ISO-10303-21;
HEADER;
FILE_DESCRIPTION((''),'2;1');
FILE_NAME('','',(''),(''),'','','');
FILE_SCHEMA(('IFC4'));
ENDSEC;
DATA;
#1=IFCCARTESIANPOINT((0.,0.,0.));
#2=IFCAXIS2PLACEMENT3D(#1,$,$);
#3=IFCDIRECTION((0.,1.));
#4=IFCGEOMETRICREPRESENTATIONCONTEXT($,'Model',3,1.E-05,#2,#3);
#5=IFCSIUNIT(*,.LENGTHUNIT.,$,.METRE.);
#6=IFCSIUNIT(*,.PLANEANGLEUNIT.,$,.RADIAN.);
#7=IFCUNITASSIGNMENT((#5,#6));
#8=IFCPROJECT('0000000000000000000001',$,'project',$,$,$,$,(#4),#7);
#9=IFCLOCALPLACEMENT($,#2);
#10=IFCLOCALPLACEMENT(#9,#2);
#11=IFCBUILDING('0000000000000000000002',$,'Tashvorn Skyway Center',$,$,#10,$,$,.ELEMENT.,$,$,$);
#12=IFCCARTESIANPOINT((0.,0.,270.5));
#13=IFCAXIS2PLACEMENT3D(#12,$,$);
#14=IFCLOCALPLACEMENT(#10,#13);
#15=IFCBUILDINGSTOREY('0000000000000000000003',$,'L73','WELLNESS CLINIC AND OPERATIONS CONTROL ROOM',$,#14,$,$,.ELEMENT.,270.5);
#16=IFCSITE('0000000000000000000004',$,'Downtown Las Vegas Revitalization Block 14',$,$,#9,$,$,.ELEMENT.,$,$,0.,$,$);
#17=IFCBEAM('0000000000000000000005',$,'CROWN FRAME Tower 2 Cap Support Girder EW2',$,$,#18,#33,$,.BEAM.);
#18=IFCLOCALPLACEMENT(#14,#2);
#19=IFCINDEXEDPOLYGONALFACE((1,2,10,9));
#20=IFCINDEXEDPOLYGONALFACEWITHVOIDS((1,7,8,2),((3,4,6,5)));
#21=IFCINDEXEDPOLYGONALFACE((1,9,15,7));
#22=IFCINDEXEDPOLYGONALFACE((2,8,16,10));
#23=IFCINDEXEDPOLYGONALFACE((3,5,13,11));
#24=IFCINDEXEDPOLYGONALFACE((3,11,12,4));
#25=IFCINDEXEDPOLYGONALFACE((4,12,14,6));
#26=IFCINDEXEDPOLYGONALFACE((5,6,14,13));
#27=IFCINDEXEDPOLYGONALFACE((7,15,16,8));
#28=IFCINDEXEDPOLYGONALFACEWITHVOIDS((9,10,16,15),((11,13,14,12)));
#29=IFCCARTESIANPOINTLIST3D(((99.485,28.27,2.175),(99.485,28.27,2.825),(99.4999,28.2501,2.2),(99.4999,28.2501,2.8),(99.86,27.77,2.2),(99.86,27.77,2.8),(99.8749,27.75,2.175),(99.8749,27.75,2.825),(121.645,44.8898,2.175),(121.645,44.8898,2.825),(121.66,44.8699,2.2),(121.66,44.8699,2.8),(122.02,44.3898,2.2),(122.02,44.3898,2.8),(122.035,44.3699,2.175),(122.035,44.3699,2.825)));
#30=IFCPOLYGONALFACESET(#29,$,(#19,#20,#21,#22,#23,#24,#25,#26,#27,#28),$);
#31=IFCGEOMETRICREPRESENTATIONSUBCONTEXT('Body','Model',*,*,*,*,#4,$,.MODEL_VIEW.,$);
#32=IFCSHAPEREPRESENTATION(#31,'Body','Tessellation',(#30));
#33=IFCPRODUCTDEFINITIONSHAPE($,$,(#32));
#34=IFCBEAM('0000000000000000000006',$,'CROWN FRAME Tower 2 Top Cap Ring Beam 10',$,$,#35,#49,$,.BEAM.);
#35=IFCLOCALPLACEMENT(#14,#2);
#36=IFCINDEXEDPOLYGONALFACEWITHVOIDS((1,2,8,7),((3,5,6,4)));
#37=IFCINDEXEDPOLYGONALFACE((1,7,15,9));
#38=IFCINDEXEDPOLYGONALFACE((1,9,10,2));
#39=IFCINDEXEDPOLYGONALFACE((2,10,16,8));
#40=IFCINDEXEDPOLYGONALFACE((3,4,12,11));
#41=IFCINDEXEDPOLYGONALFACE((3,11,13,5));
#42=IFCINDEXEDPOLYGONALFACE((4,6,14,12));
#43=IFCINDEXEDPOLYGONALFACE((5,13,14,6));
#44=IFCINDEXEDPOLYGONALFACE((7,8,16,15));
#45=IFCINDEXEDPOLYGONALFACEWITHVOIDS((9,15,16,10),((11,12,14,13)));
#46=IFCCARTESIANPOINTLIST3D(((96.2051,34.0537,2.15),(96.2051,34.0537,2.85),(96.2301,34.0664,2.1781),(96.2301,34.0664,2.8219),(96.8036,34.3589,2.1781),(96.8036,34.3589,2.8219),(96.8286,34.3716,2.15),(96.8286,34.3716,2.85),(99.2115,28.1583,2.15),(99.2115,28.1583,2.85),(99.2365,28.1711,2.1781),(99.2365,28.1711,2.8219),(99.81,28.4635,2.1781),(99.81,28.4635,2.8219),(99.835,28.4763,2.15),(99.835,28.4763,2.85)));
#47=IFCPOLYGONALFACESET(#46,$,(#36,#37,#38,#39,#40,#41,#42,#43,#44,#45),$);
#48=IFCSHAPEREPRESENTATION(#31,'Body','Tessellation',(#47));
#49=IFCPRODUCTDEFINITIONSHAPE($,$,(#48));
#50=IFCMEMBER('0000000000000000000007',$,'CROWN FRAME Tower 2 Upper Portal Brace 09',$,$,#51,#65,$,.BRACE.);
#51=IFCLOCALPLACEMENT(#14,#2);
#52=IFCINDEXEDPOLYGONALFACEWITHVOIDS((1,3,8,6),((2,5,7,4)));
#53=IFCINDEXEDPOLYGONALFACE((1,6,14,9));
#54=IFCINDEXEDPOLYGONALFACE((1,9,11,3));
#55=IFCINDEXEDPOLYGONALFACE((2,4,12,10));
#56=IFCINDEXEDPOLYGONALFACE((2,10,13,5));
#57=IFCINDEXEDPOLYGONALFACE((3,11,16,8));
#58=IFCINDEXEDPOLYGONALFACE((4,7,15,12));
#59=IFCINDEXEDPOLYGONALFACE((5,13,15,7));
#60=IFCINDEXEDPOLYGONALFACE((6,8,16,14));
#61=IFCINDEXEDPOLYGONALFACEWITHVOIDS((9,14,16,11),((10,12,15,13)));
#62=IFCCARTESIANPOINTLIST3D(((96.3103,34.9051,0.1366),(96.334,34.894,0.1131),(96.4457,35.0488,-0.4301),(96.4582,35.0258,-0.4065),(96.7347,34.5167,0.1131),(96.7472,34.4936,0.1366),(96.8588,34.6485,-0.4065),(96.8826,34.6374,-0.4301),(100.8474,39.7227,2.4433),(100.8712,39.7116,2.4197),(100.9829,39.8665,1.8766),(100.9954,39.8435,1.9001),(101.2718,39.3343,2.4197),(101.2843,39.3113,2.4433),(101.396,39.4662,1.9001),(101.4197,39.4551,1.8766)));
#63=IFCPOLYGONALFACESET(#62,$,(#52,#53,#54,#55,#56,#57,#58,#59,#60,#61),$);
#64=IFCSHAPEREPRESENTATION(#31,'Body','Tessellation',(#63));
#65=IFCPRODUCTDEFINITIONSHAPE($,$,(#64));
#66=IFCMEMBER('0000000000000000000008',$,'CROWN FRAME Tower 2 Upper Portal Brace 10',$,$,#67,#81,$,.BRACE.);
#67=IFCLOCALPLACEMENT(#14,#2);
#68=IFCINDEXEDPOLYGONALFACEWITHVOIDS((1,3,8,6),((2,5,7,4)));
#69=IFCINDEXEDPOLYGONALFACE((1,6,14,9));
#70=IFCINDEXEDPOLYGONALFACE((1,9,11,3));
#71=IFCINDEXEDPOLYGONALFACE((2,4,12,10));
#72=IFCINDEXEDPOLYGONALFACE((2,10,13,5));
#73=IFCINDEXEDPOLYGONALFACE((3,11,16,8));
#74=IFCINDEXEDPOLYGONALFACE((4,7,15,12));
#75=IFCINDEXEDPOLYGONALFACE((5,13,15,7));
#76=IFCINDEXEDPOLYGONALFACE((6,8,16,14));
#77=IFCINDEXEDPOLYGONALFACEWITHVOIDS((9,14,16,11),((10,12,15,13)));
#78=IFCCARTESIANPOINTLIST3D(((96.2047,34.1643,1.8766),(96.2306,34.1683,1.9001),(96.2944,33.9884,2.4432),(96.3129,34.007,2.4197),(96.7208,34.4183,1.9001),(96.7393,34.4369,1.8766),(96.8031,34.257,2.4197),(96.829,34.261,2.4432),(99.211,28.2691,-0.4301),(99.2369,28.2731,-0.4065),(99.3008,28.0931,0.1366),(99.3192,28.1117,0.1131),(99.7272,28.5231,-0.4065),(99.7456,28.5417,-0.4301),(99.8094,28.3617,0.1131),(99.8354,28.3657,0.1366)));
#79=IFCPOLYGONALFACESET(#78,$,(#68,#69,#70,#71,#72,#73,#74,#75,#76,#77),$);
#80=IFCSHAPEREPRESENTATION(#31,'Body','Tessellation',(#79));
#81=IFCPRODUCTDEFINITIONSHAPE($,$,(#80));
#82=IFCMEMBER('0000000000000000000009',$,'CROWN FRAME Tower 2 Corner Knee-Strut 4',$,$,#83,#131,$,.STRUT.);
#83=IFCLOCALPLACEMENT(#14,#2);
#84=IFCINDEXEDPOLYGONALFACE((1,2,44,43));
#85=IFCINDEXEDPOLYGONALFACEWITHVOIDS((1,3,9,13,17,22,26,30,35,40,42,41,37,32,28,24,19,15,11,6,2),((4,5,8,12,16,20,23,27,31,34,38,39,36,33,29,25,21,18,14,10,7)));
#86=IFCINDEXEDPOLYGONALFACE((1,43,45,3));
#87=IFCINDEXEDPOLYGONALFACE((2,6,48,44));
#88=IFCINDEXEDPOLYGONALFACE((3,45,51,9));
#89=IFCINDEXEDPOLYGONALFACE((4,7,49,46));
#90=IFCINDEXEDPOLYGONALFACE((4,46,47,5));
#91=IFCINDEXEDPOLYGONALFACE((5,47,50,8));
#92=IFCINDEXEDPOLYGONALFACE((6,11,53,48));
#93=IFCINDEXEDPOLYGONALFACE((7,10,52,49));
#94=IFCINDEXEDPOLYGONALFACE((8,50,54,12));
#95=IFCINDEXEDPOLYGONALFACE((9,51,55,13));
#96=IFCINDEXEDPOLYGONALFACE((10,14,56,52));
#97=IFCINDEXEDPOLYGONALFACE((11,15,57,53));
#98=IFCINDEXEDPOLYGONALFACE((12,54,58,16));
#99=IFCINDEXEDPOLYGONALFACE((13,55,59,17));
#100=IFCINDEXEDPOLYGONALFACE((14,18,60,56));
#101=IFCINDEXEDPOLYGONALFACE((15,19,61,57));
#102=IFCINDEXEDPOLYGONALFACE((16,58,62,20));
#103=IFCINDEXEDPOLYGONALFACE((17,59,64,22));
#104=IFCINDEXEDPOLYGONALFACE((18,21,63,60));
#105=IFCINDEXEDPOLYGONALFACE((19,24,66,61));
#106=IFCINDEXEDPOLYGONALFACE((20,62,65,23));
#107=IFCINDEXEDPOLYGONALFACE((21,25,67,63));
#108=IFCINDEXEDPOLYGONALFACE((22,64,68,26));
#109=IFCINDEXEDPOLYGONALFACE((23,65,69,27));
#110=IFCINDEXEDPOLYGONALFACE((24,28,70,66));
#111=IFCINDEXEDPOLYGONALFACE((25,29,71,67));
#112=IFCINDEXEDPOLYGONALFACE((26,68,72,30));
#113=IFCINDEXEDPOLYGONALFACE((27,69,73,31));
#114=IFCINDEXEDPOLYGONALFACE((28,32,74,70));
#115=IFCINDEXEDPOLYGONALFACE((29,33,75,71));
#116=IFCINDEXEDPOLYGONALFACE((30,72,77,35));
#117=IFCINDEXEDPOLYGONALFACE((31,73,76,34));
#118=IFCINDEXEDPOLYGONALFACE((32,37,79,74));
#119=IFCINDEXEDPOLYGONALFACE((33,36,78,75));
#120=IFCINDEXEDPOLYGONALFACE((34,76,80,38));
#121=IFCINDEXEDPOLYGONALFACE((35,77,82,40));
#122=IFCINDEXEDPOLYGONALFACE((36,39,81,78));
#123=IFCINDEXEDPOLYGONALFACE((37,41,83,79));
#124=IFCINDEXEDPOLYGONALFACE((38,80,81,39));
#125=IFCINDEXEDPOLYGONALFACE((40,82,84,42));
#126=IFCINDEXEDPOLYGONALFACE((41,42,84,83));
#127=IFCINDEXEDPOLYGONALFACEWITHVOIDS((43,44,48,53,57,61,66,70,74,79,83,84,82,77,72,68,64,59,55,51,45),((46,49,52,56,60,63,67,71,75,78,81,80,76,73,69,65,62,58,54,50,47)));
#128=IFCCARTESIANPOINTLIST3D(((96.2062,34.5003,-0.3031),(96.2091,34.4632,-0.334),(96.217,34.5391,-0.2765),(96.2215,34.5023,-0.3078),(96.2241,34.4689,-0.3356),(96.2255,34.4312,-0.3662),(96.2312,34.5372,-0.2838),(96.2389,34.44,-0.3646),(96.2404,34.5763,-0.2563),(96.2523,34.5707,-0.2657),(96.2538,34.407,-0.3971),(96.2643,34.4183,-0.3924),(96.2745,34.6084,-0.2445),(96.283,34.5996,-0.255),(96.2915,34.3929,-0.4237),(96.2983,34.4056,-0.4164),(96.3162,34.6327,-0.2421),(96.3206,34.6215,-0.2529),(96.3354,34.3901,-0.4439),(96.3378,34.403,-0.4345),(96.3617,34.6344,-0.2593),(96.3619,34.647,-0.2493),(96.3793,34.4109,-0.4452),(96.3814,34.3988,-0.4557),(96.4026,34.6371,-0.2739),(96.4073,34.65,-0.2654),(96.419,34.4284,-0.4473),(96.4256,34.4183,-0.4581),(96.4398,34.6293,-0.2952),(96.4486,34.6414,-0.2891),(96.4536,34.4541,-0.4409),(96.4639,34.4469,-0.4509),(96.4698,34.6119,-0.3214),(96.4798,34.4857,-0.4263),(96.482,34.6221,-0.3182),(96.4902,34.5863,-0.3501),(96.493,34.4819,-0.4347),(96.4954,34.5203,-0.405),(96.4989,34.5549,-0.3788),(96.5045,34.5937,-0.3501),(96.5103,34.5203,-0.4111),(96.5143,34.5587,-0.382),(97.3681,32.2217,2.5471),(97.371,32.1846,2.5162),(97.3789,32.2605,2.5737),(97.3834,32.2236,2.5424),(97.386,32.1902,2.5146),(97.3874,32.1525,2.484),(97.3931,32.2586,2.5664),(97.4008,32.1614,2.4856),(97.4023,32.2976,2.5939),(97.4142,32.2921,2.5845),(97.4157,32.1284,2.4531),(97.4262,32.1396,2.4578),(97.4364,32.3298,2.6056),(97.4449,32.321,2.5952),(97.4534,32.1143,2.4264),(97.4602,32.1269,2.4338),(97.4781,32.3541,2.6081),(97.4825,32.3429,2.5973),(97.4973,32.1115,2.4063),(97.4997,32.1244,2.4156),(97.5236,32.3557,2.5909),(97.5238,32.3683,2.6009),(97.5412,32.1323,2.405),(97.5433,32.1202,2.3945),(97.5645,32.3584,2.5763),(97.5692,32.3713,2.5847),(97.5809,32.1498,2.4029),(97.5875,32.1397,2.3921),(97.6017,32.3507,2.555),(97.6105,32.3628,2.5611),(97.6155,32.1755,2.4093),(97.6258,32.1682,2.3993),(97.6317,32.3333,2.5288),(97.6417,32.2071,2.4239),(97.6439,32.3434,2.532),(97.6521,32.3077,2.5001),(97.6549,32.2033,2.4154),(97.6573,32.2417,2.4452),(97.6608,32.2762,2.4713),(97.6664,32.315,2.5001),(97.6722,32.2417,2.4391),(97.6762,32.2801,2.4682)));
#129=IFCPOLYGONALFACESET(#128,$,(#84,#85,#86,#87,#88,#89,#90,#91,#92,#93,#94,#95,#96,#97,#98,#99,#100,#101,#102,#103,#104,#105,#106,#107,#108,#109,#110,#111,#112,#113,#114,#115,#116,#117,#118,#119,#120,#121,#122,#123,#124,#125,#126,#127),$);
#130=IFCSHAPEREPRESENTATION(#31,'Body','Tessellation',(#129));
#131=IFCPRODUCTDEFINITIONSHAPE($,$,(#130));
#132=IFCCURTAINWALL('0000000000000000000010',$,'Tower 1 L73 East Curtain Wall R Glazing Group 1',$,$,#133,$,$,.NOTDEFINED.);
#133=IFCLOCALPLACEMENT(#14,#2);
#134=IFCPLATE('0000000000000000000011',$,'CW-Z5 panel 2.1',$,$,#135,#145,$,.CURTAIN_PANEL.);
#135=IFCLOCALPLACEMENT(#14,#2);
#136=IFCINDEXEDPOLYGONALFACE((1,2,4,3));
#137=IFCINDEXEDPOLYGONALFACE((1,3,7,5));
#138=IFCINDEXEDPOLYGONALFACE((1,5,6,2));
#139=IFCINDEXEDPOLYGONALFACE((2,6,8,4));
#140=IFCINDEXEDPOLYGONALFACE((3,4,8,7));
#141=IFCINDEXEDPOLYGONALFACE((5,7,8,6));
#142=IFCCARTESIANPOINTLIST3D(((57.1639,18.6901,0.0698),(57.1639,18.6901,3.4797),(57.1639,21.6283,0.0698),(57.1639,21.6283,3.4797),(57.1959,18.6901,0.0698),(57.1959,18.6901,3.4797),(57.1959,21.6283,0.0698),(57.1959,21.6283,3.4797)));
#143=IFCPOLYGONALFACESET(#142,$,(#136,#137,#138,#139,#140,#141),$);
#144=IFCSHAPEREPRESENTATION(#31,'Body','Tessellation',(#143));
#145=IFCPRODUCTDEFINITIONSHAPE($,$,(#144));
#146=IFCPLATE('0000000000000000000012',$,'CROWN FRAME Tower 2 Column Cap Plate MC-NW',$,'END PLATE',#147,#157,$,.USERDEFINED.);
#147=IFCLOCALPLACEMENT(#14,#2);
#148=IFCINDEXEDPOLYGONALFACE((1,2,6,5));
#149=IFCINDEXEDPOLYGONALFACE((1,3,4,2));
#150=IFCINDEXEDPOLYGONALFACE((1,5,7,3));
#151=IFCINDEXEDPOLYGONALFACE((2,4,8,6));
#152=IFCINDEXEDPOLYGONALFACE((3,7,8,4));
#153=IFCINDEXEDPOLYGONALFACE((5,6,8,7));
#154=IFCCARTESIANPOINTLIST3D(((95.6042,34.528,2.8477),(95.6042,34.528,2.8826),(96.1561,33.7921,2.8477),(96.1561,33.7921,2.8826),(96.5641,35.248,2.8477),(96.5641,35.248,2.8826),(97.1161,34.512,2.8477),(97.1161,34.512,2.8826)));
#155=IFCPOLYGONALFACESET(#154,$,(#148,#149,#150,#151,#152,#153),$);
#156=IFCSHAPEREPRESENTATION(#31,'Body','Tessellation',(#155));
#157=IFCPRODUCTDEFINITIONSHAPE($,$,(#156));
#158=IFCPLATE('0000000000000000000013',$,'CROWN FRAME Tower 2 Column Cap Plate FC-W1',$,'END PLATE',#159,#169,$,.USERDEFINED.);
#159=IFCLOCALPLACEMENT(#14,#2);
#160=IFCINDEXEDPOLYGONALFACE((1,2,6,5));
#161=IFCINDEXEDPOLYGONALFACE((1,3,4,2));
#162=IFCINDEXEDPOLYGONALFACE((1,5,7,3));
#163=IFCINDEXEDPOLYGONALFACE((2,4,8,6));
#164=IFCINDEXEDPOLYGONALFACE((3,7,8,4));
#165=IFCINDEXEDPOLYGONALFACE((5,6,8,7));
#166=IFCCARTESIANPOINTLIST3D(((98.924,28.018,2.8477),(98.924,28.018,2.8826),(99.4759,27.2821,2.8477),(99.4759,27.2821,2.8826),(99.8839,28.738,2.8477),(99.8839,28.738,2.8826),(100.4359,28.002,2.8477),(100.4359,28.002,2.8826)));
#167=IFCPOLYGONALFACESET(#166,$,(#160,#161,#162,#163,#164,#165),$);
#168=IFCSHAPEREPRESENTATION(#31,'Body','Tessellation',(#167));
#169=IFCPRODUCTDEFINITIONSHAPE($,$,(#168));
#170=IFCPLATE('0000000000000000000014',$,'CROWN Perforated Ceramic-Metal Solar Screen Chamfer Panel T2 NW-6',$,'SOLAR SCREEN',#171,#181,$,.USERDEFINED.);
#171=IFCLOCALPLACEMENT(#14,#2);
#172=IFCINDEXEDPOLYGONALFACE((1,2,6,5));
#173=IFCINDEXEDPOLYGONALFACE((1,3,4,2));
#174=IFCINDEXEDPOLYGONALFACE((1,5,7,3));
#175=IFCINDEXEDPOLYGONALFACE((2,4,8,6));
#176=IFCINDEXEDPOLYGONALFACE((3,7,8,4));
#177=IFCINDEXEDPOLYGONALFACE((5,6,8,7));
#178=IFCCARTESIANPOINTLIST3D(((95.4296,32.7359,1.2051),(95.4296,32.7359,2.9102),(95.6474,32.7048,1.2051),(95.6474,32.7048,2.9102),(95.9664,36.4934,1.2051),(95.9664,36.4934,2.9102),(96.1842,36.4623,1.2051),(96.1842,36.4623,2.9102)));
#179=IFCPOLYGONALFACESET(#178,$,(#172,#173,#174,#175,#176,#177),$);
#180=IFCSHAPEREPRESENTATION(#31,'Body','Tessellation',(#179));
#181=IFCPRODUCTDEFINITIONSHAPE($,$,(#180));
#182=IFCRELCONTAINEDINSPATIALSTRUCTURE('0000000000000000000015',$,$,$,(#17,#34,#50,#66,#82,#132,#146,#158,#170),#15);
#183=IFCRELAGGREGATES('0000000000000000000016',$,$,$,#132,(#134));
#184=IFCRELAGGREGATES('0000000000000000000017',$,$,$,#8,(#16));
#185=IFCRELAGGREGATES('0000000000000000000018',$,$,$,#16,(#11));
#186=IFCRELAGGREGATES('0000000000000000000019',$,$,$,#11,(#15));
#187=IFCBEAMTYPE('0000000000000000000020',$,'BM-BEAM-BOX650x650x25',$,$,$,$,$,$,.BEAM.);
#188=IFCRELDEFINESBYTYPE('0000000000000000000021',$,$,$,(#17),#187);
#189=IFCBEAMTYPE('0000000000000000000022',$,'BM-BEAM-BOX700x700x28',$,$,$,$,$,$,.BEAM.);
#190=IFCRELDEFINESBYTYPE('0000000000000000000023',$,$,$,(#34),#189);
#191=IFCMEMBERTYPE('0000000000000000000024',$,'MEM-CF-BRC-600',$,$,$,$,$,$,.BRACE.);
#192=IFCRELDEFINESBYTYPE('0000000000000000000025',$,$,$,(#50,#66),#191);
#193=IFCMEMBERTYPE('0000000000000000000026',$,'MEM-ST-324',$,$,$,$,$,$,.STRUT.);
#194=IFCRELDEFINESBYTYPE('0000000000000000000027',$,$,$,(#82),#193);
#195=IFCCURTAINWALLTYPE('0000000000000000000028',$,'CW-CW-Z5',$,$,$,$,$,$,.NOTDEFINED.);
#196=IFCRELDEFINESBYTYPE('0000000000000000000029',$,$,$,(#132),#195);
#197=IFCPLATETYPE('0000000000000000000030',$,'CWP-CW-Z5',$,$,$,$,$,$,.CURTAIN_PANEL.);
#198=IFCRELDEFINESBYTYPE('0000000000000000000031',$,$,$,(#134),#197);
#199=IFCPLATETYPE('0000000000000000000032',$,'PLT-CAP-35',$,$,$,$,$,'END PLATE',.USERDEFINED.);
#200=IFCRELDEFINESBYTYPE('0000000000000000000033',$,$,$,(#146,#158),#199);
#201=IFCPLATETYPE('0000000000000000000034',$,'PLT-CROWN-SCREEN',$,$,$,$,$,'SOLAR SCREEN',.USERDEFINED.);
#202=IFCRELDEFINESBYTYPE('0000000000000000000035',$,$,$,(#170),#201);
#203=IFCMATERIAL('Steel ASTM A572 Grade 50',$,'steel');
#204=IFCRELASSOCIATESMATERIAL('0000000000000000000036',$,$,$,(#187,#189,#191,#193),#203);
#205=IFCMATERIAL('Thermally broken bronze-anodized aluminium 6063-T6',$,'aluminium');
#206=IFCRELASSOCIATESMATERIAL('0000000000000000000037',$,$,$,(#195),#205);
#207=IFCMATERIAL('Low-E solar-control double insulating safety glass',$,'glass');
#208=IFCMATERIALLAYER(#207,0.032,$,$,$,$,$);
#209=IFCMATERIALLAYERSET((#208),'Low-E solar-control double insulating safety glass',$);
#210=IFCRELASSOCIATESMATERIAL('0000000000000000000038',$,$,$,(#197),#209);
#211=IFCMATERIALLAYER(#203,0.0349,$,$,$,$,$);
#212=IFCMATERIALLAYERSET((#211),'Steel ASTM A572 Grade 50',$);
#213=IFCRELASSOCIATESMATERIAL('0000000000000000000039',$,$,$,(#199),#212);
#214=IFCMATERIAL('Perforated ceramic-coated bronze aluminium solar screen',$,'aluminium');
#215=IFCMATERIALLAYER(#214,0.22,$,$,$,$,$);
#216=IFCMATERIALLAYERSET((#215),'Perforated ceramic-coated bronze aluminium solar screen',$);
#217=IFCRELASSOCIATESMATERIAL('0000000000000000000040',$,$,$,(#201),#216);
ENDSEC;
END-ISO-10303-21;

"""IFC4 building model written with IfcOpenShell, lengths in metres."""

from ifc_helpers import new_model, si_unit, direction, frame, origin, origin_2d, place, context, subcontext, project, spatial, rectangle, hollow_rectangle, hollow_circle, extrude, material, layer, layer_set, material_profile, profile_set, type_object, element, aggregate, save


model = new_model("IFC4")

# Units and contexts
model_context = context("Model", 3, precision=1e-05, world=origin(), true_north=direction((0.0, 1.0)))
body_context = subcontext(model_context, "Body", "Model", "MODEL_VIEW")
ifc_project = project(units=[si_unit("LENGTHUNIT", "METRE"), si_unit("PLANEANGLEUNIT", "RADIAN")], contexts=[model_context])

# Site, building, storey
site_placement = place(None, origin())
site = spatial("IfcSite", under=ifc_project, at=site_placement, Name="Downtown Las Vegas Revitalization Block 14", CompositionType="ELEMENT", RefElevation=0.0)
building_placement = place(site_placement, origin())
building = spatial("IfcBuilding", under=site, at=building_placement, Name="Tashvorn Skyway Center", CompositionType="ELEMENT")
storey_placement = place(building_placement, frame((0.0, 0.0, 270.5)))
storey = spatial("IfcBuildingStorey", under=building, at=storey_placement, Name="L73", Description="WELLNESS CLINIC AND OPERATIONS CONTROL ROOM", CompositionType="ELEMENT", Elevation=270.5)

# Beams
ifc_material_1 = material(Name="Steel ASTM A572 Grade 50", Category="steel")
ifc_material_profile_1 = material_profile(ifc_material_1, hollow_rectangle(XDim=0.6499, YDim=0.6499, WallThickness=0.0249, at=origin_2d()), Name="BOX650x650x25")
ifc_profile_set_1 = profile_set([ifc_material_profile_1], Name="Steel ASTM A572 Grade 50")
beam_type_1 = type_object("IfcBeamType", Name="BM-BEAM-BOX650x650x25", PredefinedType="BEAM", material=ifc_profile_set_1)
beam_1_placement = place(storey_placement, frame((99.6799, 28.01, 2.5), z_axis=(0.800004, 0.599994, 0.0), x_axis=(-0.599994, 0.800004, 0.0)))
element("IfcBeam", 1, at=beam_1_placement, inside=storey, type_object=beam_type_1, Name="CROWN FRAME Tower 2 Cap Support Girder EW2", PredefinedType="BEAM", context=body_context, shape_type="SweptSolid", body=[
    extrude(hollow_rectangle(XDim=0.6499, YDim=0.6499, WallThickness=0.0249, at=origin_2d()), origin(), (0.0, 0.0, 1.0), 27.7),
])
ifc_material_profile_2 = material_profile(ifc_material_1, hollow_rectangle(XDim=0.7, YDim=0.7, WallThickness=0.0281, at=origin_2d()), Name="BOX700x700x28")
ifc_profile_set_2 = profile_set([ifc_material_profile_2], Name="Steel ASTM A572 Grade 50")
beam_type_2 = type_object("IfcBeamType", Name="BM-BEAM-BOX700x700x28", PredefinedType="BEAM", material=ifc_profile_set_2)
beam_2_placement = place(storey_placement, frame((96.5168, 34.2126, 2.5), z_axis=(0.454298, -0.89085, 0.0), x_axis=(0.89085, 0.454298, 0.0)))
element("IfcBeam", 2, at=beam_2_placement, inside=storey, type_object=beam_type_2, Name="CROWN FRAME Tower 2 Top Cap Ring Beam 10", PredefinedType="BEAM", context=body_context, shape_type="SweptSolid", body=[
    extrude(hollow_rectangle(XDim=0.7, YDim=0.7, WallThickness=0.0281, at=origin_2d()), origin(), (0.0, 0.0, 1.0), 6.6177),
])

# Members
ifc_material_profile_3 = material_profile(ifc_material_1, hollow_rectangle(XDim=0.6001, YDim=0.6001, WallThickness=0.0249, at=origin_2d()), Name="BOX600x600x25")
ifc_profile_set_3 = profile_set([ifc_material_profile_3], Name="Steel ASTM A572 Grade 50")
member_type_1 = type_object("IfcMemberType", Name="MEM-CF-BRC-600", PredefinedType="BRACE", material=ifc_profile_set_3)
member_1_placement = place(storey_placement, frame((96.5964, 34.7712, -0.1467), z_axis=(0.647396, 0.687423, 0.329132), x_axis=(-0.727983, 0.685595, 0.0)))
element("IfcMember", 3, at=member_1_placement, inside=storey, type_object=member_type_1, Name="CROWN FRAME Tower 2 Upper Portal Brace 09", PredefinedType="BRACE", context=body_context, shape_type="SweptSolid", body=[
    extrude(hollow_rectangle(XDim=0.6001, YDim=0.6001, WallThickness=0.0249, at=origin_2d()), origin(), (0.0, 0.0, 1.0), 7.0083),
])
member_2_placement = place(storey_placement, frame((99.5232, 28.3174, -0.1467), z_axis=(-0.428985, 0.841212, 0.329141), x_axis=(-0.89085, -0.454298, 0.0)))
element("IfcMember", 4, at=member_2_placement, inside=storey, type_object=member_type_1, Name="CROWN FRAME Tower 2 Upper Portal Brace 10", PredefinedType="BRACE", context=body_context, shape_type="SweptSolid", body=[
    extrude(hollow_rectangle(XDim=0.6001, YDim=0.6001, WallThickness=0.0249, at=origin_2d()), origin(), (0.0, 0.0, 1.0), 7.0081),
])
ifc_material_profile_4 = material_profile(ifc_material_1, hollow_circle(Radius=0.1621, WallThickness=0.0161, at=origin_2d()), Name="CHS324x16")
ifc_profile_set_4 = profile_set([ifc_material_profile_4], Name="Steel ASTM A572 Grade 50")
member_type_2 = type_object("IfcMemberType", Name="MEM-ST-324", PredefinedType="STRUT", material=ifc_profile_set_4)
member_3_placement = place(storey_placement, frame((96.3601, 34.52, -0.3501), z_axis=(0.303401, -0.595008, 0.744254), x_axis=(0.890868, 0.454263, 0.0)))
element("IfcMember", 5, at=member_3_placement, inside=storey, type_object=member_type_2, Name="CROWN FRAME Tower 2 Corner Knee-Strut 4", PredefinedType="STRUT", context=body_context, shape_type="SweptSolid", body=[
    extrude(hollow_circle(Radius=0.1621, WallThickness=0.0161, at=origin_2d()), origin(), (0.0, 0.0, 1.0), 3.8296),
])

# Curtain wall, plate
ifc_material_2 = material(Name="Thermally broken bronze-anodized aluminium 6063-T6", Category="aluminium")
curtain_wall_type = type_object("IfcCurtainWallType", Name="CW-CW-Z5", PredefinedType="NOTDEFINED", material=ifc_material_2)
curtain_wall_placement = place(storey_placement, origin())
curtain_wall = element("IfcCurtainWall", 6, at=curtain_wall_placement, inside=storey, type_object=curtain_wall_type, Name="Tower 1 L73 East Curtain Wall R Glazing Group 1", PredefinedType="NOTDEFINED")
ifc_material_3 = material(Name="Low-E solar-control double insulating safety glass", Category="glass")
ifc_layer_1 = layer(ifc_material_3, 0.032)
ifc_layer_set_1 = layer_set([ifc_layer_1], Name="Low-E solar-control double insulating safety glass")
plate_type_1 = type_object("IfcPlateType", Name="CWP-CW-Z5", PredefinedType="CURTAIN_PANEL", material=ifc_layer_set_1)
plate_1_placement = place(storey_placement, frame((57.1799, 20.1592, 0.0698), z_axis=(0.0, 0.0, 1.0), x_axis=(0.0, -1.0, 0.0)))
plate_1 = element("IfcPlate", 7, at=plate_1_placement, type_object=plate_type_1, Name="CW-Z5 panel 2.1", PredefinedType="CURTAIN_PANEL", context=body_context, shape_type="SweptSolid", body=[
    extrude(rectangle(XDim=2.9382, YDim=0.032, at=origin_2d()), origin(), (0.0, 0.0, 1.0), 3.4099),
])
aggregate(curtain_wall, [plate_1])

# Plates
ifc_layer_2 = layer(ifc_material_1, 0.0349)
ifc_layer_set_2 = layer_set([ifc_layer_2], Name="Steel ASTM A572 Grade 50")
plate_type_2 = type_object("IfcPlateType", Name="PLT-CAP-35", ElementType="END PLATE", PredefinedType="USERDEFINED", material=ifc_layer_set_2)
for number, where, z_axis, x_axis, name in (
    (8, (96.3601, 34.52, 2.8477), (0.0, 0.0, 1.0), (0.8, 0.6, 0.0), "CROWN FRAME Tower 2 Column Cap Plate MC-NW"),
    (9, (99.6799, 28.01, 2.8477), (0.0, 0.0, 1.0), (0.8, 0.6, 0.0), "CROWN FRAME Tower 2 Column Cap Plate FC-W1"),
):
    element("IfcPlate", number, at=place(storey_placement, frame(where, z_axis=z_axis, x_axis=x_axis)), inside=storey, type_object=plate_type_2, Name=name, ObjectType="END PLATE", PredefinedType="USERDEFINED", context=body_context, shape_type="SweptSolid", body=[
        extrude(rectangle(XDim=1.2, YDim=0.9199, at=origin_2d()), origin(), (0.0, 0.0, 1.0), 0.0349),
    ])
ifc_material_4 = material(Name="Perforated ceramic-coated bronze aluminium solar screen", Category="aluminium")
ifc_layer_3 = layer(ifc_material_4, 0.22)
ifc_layer_set_3 = layer_set([ifc_layer_3], Name="Perforated ceramic-coated bronze aluminium solar screen")
plate_type_3 = type_object("IfcPlateType", Name="PLT-CROWN-SCREEN", ElementType="SOLAR SCREEN", PredefinedType="USERDEFINED", material=ifc_layer_set_3)
plate_2_placement = place(storey_placement, frame((95.8069, 34.5991, 1.2051), z_axis=(0.0, 0.0, 1.0), x_axis=(-0.141421, -0.989949, 0.0)))
element("IfcPlate", 10, at=plate_2_placement, inside=storey, type_object=plate_type_3, Name="CROWN Perforated Ceramic-Metal Solar Screen Chamfer Panel T2 NW-6", ObjectType="SOLAR SCREEN", PredefinedType="USERDEFINED", context=body_context, shape_type="SweptSolid", body=[
    extrude(rectangle(XDim=3.7957, YDim=0.22, at=origin_2d()), origin(), (0.0, 0.0, 1.0), 1.7051),
])

save(model, "model.ifc")
